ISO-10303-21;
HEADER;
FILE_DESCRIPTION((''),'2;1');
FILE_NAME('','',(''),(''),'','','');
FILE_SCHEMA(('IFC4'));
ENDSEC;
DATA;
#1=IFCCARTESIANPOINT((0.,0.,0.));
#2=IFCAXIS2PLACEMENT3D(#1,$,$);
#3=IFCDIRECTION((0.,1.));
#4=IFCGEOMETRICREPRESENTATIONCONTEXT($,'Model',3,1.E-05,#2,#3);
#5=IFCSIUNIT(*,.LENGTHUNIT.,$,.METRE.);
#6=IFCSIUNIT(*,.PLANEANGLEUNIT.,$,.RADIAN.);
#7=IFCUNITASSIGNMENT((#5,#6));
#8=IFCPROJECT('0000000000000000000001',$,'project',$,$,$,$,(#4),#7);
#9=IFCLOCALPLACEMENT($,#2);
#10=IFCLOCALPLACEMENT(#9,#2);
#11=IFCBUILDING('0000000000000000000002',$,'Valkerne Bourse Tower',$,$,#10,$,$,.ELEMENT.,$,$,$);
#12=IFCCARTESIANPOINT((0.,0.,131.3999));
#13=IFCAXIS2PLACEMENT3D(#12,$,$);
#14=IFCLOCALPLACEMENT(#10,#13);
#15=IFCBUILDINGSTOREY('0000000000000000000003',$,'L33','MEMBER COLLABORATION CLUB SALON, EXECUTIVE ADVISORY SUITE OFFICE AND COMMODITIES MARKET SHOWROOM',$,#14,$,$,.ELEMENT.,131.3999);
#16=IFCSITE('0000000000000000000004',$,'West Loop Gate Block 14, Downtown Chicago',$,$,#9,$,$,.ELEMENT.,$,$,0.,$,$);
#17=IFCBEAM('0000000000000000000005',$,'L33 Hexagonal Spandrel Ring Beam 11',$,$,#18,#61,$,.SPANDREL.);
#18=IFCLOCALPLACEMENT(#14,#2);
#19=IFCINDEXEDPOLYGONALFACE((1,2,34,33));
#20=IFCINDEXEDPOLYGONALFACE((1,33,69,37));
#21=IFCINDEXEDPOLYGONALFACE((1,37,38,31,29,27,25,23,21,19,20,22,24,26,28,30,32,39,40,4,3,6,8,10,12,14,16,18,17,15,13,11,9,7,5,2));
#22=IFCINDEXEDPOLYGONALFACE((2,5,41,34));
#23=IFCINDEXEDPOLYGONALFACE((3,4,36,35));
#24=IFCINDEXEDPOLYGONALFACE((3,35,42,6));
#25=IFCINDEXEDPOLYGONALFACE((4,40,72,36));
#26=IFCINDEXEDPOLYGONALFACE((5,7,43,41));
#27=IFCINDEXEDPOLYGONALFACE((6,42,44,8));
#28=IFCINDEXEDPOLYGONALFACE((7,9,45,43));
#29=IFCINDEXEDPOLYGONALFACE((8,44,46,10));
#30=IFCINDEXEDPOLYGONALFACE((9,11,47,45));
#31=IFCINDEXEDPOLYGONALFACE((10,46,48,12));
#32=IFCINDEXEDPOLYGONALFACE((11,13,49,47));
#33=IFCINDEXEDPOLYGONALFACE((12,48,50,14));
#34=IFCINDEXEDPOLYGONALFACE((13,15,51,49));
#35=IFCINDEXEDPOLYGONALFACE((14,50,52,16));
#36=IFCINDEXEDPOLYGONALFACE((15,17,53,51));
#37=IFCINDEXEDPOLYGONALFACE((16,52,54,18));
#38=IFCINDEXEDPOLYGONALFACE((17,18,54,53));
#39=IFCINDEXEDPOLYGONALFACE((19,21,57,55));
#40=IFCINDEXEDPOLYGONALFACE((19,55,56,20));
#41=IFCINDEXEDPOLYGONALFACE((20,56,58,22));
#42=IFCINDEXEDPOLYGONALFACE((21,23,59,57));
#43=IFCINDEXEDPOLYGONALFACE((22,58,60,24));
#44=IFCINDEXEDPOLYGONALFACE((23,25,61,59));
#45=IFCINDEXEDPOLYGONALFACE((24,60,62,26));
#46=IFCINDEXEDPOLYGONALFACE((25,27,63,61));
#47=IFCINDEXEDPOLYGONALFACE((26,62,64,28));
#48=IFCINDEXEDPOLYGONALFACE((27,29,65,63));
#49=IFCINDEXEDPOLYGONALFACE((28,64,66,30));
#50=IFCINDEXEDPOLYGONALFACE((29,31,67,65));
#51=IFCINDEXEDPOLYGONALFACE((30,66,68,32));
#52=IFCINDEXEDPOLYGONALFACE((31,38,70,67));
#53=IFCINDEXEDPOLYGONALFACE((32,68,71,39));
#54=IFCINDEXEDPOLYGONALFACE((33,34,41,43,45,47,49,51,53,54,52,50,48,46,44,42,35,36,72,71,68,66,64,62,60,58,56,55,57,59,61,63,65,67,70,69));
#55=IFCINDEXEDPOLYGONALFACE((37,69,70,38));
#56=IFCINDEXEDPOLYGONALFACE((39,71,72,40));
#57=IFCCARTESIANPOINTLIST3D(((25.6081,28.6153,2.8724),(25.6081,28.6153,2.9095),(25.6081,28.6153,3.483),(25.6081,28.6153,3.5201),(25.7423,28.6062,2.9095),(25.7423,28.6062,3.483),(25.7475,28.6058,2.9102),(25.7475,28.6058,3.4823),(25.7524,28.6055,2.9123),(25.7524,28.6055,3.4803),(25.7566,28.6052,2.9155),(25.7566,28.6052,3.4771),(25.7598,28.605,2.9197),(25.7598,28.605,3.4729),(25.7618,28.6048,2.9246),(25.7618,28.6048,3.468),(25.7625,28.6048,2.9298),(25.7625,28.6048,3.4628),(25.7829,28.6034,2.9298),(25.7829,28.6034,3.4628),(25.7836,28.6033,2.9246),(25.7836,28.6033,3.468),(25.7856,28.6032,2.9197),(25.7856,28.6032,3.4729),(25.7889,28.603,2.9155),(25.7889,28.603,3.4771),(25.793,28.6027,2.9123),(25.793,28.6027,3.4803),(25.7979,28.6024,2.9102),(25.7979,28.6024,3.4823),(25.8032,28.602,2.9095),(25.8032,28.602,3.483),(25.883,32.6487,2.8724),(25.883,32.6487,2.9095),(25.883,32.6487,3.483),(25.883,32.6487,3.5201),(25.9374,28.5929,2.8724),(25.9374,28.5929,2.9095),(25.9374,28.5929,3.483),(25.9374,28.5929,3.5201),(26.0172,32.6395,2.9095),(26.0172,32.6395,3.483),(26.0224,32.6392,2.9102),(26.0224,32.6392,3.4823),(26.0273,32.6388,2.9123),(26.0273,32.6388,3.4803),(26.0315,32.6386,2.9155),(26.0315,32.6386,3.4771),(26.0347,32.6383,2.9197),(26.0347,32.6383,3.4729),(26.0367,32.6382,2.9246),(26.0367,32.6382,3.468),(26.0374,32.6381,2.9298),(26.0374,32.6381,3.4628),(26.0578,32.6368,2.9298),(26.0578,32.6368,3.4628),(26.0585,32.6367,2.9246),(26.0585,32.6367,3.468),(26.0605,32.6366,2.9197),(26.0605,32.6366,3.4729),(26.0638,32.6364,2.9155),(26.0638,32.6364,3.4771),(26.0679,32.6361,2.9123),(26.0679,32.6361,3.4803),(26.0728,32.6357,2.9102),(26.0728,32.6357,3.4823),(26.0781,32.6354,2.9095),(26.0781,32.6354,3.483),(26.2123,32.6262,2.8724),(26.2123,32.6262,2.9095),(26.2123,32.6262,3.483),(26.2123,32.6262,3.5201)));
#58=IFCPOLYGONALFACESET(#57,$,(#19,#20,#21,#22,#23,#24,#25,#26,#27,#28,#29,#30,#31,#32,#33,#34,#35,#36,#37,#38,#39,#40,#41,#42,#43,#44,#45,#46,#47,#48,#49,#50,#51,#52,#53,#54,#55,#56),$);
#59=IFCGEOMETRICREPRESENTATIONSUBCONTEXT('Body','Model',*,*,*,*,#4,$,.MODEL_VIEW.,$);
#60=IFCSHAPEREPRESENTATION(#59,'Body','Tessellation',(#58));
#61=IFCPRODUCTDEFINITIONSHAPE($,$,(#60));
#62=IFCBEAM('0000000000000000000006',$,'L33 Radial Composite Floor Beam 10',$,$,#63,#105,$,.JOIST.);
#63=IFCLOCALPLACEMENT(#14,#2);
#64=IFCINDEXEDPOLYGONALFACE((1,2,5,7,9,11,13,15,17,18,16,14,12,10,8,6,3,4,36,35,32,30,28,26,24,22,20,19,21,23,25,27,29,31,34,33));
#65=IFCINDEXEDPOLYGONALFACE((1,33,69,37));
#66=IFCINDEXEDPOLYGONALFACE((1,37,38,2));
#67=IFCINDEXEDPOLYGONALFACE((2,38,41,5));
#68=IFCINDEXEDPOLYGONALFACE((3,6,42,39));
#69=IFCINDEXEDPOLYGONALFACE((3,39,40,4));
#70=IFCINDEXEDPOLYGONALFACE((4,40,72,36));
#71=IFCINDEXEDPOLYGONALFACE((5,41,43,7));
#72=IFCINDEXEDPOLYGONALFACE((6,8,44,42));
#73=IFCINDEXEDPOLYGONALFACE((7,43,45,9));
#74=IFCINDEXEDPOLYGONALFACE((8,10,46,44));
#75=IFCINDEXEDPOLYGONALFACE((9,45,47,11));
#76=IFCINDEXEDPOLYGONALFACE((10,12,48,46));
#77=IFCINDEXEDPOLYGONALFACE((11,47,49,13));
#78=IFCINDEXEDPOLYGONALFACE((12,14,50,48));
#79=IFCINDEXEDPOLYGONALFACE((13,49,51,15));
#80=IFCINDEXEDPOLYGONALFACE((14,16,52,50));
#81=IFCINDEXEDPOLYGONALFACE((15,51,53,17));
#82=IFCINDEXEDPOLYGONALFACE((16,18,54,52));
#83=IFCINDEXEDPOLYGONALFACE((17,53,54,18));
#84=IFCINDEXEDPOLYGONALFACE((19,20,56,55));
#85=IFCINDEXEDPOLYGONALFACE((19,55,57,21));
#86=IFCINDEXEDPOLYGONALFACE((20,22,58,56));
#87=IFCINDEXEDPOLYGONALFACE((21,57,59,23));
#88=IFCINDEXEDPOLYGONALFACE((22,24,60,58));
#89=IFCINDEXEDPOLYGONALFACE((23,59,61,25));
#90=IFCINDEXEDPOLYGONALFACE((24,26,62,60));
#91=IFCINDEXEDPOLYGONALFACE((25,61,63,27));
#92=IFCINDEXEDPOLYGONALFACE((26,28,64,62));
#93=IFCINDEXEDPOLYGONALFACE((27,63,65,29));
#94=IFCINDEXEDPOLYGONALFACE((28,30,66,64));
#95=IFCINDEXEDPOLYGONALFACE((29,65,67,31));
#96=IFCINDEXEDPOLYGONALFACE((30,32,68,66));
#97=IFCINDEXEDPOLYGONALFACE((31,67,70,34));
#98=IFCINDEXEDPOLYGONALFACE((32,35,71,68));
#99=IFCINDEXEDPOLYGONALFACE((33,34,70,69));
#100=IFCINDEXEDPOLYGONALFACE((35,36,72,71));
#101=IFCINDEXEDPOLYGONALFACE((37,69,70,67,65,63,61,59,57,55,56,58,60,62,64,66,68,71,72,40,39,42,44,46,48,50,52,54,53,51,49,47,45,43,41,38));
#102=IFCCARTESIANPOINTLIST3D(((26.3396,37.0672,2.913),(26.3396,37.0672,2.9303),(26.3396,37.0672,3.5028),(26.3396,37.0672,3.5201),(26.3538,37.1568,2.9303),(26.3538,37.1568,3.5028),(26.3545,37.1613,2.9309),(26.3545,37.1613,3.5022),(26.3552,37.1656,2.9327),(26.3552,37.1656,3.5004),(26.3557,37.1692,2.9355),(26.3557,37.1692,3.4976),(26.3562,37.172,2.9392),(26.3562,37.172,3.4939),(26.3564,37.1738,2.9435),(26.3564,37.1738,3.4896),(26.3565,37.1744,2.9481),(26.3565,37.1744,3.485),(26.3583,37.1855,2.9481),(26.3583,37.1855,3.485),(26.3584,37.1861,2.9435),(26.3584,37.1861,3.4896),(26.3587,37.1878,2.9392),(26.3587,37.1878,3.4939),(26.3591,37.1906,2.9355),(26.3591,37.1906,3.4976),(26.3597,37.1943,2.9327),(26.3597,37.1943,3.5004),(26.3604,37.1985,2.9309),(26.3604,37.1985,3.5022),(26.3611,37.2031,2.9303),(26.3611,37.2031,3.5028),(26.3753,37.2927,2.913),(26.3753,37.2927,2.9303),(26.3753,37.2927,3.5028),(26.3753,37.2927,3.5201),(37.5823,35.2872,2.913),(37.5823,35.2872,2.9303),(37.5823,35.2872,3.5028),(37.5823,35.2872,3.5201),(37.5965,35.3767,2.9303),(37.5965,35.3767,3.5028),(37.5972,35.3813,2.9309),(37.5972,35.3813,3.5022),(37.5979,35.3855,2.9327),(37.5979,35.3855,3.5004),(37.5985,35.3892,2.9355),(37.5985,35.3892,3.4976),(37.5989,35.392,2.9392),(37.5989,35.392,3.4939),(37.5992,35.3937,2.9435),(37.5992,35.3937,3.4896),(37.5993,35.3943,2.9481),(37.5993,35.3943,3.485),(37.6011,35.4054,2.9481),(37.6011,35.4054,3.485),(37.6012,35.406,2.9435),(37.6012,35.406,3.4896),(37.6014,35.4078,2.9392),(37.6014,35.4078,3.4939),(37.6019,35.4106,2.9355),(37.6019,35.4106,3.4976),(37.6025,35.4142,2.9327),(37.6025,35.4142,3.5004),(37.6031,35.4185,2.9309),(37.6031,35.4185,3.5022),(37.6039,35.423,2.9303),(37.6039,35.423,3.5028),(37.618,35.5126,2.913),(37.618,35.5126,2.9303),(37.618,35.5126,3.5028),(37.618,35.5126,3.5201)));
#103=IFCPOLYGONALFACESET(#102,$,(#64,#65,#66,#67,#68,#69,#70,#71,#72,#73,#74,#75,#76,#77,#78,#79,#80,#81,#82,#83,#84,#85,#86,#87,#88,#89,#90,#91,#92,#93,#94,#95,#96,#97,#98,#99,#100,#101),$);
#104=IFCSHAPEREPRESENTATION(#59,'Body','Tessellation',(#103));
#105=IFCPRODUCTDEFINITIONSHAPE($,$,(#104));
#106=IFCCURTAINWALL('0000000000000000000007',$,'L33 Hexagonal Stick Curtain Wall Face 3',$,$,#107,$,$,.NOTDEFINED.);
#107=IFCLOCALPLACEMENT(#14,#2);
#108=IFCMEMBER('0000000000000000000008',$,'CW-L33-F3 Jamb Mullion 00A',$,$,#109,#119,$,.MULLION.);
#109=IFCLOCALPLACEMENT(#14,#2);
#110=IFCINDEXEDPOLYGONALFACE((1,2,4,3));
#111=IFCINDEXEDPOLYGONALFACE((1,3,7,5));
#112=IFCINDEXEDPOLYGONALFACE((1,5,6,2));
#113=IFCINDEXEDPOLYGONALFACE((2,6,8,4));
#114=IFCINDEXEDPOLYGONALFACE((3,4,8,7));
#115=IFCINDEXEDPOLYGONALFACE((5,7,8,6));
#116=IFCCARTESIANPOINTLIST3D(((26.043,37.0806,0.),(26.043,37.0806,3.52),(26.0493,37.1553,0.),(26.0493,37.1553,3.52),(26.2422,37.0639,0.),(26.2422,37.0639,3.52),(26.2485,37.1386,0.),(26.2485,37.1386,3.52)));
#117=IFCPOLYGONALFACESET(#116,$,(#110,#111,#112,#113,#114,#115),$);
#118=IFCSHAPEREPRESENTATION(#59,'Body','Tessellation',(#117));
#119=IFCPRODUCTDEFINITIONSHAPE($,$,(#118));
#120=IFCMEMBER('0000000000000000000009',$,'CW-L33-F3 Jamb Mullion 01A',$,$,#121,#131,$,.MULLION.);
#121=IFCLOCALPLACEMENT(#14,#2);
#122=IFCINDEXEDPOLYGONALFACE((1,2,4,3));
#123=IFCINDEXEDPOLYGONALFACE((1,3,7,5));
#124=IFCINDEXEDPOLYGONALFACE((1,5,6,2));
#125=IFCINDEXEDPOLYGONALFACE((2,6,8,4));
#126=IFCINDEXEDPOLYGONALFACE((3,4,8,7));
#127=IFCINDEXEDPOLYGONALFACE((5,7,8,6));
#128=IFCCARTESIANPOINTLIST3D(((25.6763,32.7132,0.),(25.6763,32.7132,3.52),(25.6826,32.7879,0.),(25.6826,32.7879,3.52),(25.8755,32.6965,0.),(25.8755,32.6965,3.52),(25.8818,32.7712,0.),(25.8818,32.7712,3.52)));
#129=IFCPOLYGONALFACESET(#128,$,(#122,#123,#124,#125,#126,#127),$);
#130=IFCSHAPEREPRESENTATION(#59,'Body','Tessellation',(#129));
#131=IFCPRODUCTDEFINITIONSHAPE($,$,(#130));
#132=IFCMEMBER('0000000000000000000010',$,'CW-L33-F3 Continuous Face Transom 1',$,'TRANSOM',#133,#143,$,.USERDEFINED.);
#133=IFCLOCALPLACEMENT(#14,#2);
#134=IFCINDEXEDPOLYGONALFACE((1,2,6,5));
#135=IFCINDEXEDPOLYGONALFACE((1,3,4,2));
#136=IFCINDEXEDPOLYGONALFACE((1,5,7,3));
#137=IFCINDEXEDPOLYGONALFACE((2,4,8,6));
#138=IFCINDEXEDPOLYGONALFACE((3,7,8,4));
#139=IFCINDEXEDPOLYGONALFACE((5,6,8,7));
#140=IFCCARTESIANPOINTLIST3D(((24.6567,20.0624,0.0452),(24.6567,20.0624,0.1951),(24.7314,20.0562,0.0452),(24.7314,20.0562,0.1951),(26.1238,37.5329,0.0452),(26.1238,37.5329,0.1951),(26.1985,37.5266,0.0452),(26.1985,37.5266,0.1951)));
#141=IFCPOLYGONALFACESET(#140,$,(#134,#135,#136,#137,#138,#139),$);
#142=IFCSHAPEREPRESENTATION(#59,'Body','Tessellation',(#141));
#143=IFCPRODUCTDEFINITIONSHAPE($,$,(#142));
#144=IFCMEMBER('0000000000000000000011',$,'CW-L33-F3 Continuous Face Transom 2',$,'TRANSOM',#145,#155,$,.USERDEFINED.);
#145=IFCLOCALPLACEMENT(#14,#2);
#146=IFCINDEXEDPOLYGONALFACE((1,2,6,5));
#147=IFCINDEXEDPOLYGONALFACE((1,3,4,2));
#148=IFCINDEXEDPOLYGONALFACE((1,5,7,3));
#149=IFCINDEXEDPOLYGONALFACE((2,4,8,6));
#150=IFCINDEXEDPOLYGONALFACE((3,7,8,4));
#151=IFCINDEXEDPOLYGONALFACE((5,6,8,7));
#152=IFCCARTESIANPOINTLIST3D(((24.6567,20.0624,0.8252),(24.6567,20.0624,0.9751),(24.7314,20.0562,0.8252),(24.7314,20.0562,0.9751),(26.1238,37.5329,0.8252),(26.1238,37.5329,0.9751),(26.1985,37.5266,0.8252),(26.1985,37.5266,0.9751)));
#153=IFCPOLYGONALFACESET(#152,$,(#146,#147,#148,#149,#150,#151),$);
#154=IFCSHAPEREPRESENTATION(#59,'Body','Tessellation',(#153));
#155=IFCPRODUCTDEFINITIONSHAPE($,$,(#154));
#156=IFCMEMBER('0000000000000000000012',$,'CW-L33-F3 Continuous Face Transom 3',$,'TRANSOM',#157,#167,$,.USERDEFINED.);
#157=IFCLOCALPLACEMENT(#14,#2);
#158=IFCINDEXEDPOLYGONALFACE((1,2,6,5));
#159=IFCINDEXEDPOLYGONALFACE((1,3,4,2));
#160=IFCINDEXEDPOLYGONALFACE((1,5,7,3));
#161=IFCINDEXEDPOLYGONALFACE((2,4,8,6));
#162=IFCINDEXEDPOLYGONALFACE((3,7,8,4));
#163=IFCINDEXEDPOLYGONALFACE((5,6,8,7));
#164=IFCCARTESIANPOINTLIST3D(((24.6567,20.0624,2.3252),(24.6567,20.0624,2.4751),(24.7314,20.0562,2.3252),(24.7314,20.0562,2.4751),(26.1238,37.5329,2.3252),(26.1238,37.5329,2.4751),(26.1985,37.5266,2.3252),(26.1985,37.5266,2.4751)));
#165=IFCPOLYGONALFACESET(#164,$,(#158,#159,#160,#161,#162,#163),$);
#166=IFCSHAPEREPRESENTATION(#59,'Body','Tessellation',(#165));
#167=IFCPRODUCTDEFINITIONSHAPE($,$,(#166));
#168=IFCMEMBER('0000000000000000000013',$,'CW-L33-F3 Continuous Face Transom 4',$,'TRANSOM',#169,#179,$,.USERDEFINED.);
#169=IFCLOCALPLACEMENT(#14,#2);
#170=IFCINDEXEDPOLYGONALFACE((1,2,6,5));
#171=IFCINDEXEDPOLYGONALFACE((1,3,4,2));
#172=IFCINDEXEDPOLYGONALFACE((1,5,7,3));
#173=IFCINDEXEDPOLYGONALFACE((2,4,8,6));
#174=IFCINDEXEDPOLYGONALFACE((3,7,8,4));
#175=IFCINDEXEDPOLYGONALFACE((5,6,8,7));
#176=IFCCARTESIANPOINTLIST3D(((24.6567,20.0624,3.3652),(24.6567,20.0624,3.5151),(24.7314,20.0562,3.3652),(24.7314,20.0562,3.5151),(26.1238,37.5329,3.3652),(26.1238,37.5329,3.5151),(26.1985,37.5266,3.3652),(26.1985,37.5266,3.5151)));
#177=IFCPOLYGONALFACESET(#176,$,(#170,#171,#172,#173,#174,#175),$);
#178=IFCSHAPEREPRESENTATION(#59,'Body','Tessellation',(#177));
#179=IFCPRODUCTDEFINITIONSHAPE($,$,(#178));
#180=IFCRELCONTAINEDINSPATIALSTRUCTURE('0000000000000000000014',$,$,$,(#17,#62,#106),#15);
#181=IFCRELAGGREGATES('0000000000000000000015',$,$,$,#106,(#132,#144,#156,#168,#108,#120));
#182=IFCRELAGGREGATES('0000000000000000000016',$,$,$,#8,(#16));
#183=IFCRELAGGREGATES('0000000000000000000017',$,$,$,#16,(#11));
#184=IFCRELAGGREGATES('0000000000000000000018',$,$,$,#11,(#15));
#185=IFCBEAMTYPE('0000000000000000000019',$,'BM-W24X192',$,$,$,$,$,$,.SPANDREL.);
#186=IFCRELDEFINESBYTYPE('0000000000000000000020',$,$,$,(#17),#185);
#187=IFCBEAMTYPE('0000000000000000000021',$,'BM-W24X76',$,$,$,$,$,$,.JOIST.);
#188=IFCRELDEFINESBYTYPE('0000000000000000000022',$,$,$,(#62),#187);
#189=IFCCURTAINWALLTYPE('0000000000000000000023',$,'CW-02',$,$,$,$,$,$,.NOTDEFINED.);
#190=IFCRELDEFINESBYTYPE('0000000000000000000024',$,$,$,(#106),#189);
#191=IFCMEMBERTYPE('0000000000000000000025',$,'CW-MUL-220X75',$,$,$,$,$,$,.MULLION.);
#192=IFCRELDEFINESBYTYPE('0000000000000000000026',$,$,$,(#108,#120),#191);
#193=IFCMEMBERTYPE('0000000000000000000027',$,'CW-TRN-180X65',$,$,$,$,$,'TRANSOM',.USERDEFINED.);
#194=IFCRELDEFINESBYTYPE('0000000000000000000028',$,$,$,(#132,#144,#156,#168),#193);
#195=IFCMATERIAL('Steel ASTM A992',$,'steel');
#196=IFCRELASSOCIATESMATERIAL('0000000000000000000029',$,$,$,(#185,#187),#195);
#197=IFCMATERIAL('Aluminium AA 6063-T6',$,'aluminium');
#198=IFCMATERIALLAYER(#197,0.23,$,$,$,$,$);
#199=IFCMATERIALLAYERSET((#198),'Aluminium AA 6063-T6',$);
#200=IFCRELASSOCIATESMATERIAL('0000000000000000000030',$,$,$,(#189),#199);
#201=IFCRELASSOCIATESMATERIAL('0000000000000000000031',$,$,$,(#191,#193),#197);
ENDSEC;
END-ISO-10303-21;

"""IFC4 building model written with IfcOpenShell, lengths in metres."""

from ifc_helpers import new_model, si_unit, direction, frame, origin, origin_2d, place, context, subcontext, project, spatial, rectangle, i_section, extrude, material, layer, layer_set, material_profile, profile_set, type_object, element, aggregate, save


model = new_model("IFC4")

# Units and contexts
model_context = context("Model", 3, precision=1e-05, world=origin(), true_north=direction((0.0, 1.0)))
body_context = subcontext(model_context, "Body", "Model", "MODEL_VIEW")
ifc_project = project(units=[si_unit("LENGTHUNIT", "METRE"), si_unit("PLANEANGLEUNIT", "RADIAN")], contexts=[model_context])

# Site, building, storey
site_placement = place(None, origin())
site = spatial("IfcSite", under=ifc_project, at=site_placement, Name="West Loop Gate Block 14, Downtown Chicago", CompositionType="ELEMENT", RefElevation=0.0)
building_placement = place(site_placement, origin())
building = spatial("IfcBuilding", under=site, at=building_placement, Name="Valkerne Bourse Tower", CompositionType="ELEMENT")
storey_placement = place(building_placement, frame((0.0, 0.0, 131.3999)))
storey = spatial("IfcBuildingStorey", under=building, at=storey_placement, Name="L33", Description="MEMBER COLLABORATION CLUB SALON, EXECUTIVE ADVISORY SUITE OFFICE AND COMMODITIES MARKET SHOWROOM", CompositionType="ELEMENT", Elevation=131.3999)

# Beams
ifc_material_1 = material(Name="Steel ASTM A992", Category="steel")
ifc_material_profile_1 = material_profile(ifc_material_1, i_section(OverallWidth=0.3301, OverallDepth=0.6477, WebThickness=0.0205, FlangeThickness=0.0371, FilletRadius=0.0203, at=origin_2d()), Name="W24X192")
ifc_profile_set_1 = profile_set([ifc_material_profile_1], Name="Steel ASTM A992")
beam_type_1 = type_object("IfcBeamType", Name="BM-W24X192", PredefinedType="SPANDREL", material=ifc_profile_set_1)
beam_1_placement = place(storey_placement, frame((26.0476, 32.6375, 3.1963), z_axis=(-0.067998, -0.997685, 0.0), x_axis=(0.997685, -0.067998, 0.0)))
element("IfcBeam", 1, at=beam_1_placement, inside=storey, type_object=beam_type_1, Name="L33 Hexagonal Spandrel Ring Beam 11", PredefinedType="SPANDREL", context=body_context, shape_type="SweptSolid", body=[
    extrude(i_section(OverallWidth=0.3301, OverallDepth=0.6477, WebThickness=0.0205, FlangeThickness=0.0371, FilletRadius=0.0203, at=origin_2d()), origin(), (0.0, 0.0, 1.0), 4.0427),
])
ifc_material_profile_2 = material_profile(ifc_material_1, i_section(OverallWidth=0.2283, OverallDepth=0.6072, WebThickness=0.0112, FlangeThickness=0.0173, FilletRadius=0.0178, at=origin_2d()), Name="W24X76")
ifc_profile_set_2 = profile_set([ifc_material_profile_2], Name="Steel ASTM A992")
beam_type_2 = type_object("IfcBeamType", Name="BM-W24X76", PredefinedType="JOIST", material=ifc_profile_set_2)
beam_2_placement = place(storey_placement, frame((26.3574, 37.1799, 3.2166), z_axis=(0.987697, -0.15638, 0.0), x_axis=(0.15638, 0.987697, 0.0)))
element("IfcBeam", 2, at=beam_2_placement, inside=storey, type_object=beam_type_2, Name="L33 Radial Composite Floor Beam 10", PredefinedType="JOIST", context=body_context, shape_type="SweptSolid", body=[
    extrude(i_section(OverallWidth=0.2283, OverallDepth=0.6072, WebThickness=0.0112, FlangeThickness=0.0173, FilletRadius=0.0178, at=origin_2d()), origin(), (0.0, 0.0, 1.0), 11.3828),
])

# Curtain wall, members
ifc_material_2 = material(Name="Aluminium AA 6063-T6", Category="aluminium")
ifc_layer_1 = layer(ifc_material_2, 0.23)
ifc_layer_set_1 = layer_set([ifc_layer_1], Name="Aluminium AA 6063-T6")
curtain_wall_type = type_object("IfcCurtainWallType", Name="CW-02", PredefinedType="NOTDEFINED", material=ifc_layer_set_1)
curtain_wall_placement = place(storey_placement, origin())
curtain_wall = element("IfcCurtainWall", 3, at=curtain_wall_placement, inside=storey, type_object=curtain_wall_type, Name="L33 Hexagonal Stick Curtain Wall Face 3", PredefinedType="NOTDEFINED")
ifc_material_profile_3 = material_profile(ifc_material_2, rectangle(XDim=0.075, YDim=0.2, at=origin_2d()), Name="CWM-75X200")
ifc_profile_set_3 = profile_set([ifc_material_profile_3], Name="Aluminium AA 6063-T6")
member_type_1 = type_object("IfcMemberType", Name="CW-MUL-220X75", PredefinedType="MULLION", material=ifc_profile_set_3)
member_1_placement = place(storey_placement, frame((26.1458, 37.1096, 0.0), z_axis=(0.0, 0.0, 1.0), x_axis=(-0.083687, -0.996492, 0.0)))
member_1 = element("IfcMember", 4, at=member_1_placement, type_object=member_type_1, Name="CW-L33-F3 Jamb Mullion 00A", PredefinedType="MULLION", context=body_context, shape_type="SweptSolid", body=[
    extrude(rectangle(XDim=0.075, YDim=0.2, at=origin_2d()), origin(), (0.0, 0.0, 1.0), 3.52),
])
member_2_placement = place(storey_placement, frame((25.7791, 32.7422, 0.0), z_axis=(0.0, 0.0, 1.0), x_axis=(-0.083687, -0.996492, 0.0)))
member_2 = element("IfcMember", 5, at=member_2_placement, type_object=member_type_1, Name="CW-L33-F3 Jamb Mullion 01A", PredefinedType="MULLION", context=body_context, shape_type="SweptSolid", body=[
    extrude(rectangle(XDim=0.075, YDim=0.2, at=origin_2d()), origin(), (0.0, 0.0, 1.0), 3.52),
])
ifc_material_profile_4 = material_profile(ifc_material_2, rectangle(XDim=0.075, YDim=0.1499, at=origin_2d()), Name="CWT-75X150")
ifc_profile_set_4 = profile_set([ifc_material_profile_4], Name="Aluminium AA 6063-T6")
member_type_2 = type_object("IfcMemberType", Name="CW-TRN-180X65", ElementType="TRANSOM", PredefinedType="USERDEFINED", material=ifc_profile_set_4)
member_3_placement = place(storey_placement, frame((26.1611, 37.5298, 0.1201), z_axis=(-0.083678, -0.996493, 0.0), x_axis=(0.996493, -0.083678, 0.0)))
member_3 = element("IfcMember", 6, at=member_3_placement, type_object=member_type_2, Name="CW-L33-F3 Continuous Face Transom 1", ObjectType="TRANSOM", PredefinedType="USERDEFINED", context=body_context, shape_type="SweptSolid", body=[
    extrude(rectangle(XDim=0.075, YDim=0.1499, at=origin_2d()), origin(), (0.0, 0.0, 1.0), 17.532),
])
member_4_placement = place(storey_placement, frame((26.1611, 37.5298, 0.9001), z_axis=(-0.083678, -0.996493, 0.0), x_axis=(0.996493, -0.083678, 0.0)))
member_4 = element("IfcMember", 7, at=member_4_placement, type_object=member_type_2, Name="CW-L33-F3 Continuous Face Transom 2", ObjectType="TRANSOM", PredefinedType="USERDEFINED", context=body_context, shape_type="SweptSolid", body=[
    extrude(rectangle(XDim=0.075, YDim=0.1499, at=origin_2d()), origin(), (0.0, 0.0, 1.0), 17.532),
])
member_5_placement = place(storey_placement, frame((26.1611, 37.5298, 2.4001), z_axis=(-0.083678, -0.996493, 0.0), x_axis=(0.996493, -0.083678, 0.0)))
member_5 = element("IfcMember", 8, at=member_5_placement, type_object=member_type_2, Name="CW-L33-F3 Continuous Face Transom 3", ObjectType="TRANSOM", PredefinedType="USERDEFINED", context=body_context, shape_type="SweptSolid", body=[
    extrude(rectangle(XDim=0.075, YDim=0.1499, at=origin_2d()), origin(), (0.0, 0.0, 1.0), 17.532),
])
member_6_placement = place(storey_placement, frame((26.1611, 37.5298, 3.4402), z_axis=(-0.083678, -0.996493, 0.0), x_axis=(0.996493, -0.083678, 0.0)))
member_6 = element("IfcMember", 9, at=member_6_placement, type_object=member_type_2, Name="CW-L33-F3 Continuous Face Transom 4", ObjectType="TRANSOM", PredefinedType="USERDEFINED", context=body_context, shape_type="SweptSolid", body=[
    extrude(rectangle(XDim=0.075, YDim=0.1499, at=origin_2d()), origin(), (0.0, 0.0, 1.0), 17.532),
])

aggregate(curtain_wall, [member_3, member_4, member_5, member_6, member_1, member_2])

save(model, "model.ifc")
